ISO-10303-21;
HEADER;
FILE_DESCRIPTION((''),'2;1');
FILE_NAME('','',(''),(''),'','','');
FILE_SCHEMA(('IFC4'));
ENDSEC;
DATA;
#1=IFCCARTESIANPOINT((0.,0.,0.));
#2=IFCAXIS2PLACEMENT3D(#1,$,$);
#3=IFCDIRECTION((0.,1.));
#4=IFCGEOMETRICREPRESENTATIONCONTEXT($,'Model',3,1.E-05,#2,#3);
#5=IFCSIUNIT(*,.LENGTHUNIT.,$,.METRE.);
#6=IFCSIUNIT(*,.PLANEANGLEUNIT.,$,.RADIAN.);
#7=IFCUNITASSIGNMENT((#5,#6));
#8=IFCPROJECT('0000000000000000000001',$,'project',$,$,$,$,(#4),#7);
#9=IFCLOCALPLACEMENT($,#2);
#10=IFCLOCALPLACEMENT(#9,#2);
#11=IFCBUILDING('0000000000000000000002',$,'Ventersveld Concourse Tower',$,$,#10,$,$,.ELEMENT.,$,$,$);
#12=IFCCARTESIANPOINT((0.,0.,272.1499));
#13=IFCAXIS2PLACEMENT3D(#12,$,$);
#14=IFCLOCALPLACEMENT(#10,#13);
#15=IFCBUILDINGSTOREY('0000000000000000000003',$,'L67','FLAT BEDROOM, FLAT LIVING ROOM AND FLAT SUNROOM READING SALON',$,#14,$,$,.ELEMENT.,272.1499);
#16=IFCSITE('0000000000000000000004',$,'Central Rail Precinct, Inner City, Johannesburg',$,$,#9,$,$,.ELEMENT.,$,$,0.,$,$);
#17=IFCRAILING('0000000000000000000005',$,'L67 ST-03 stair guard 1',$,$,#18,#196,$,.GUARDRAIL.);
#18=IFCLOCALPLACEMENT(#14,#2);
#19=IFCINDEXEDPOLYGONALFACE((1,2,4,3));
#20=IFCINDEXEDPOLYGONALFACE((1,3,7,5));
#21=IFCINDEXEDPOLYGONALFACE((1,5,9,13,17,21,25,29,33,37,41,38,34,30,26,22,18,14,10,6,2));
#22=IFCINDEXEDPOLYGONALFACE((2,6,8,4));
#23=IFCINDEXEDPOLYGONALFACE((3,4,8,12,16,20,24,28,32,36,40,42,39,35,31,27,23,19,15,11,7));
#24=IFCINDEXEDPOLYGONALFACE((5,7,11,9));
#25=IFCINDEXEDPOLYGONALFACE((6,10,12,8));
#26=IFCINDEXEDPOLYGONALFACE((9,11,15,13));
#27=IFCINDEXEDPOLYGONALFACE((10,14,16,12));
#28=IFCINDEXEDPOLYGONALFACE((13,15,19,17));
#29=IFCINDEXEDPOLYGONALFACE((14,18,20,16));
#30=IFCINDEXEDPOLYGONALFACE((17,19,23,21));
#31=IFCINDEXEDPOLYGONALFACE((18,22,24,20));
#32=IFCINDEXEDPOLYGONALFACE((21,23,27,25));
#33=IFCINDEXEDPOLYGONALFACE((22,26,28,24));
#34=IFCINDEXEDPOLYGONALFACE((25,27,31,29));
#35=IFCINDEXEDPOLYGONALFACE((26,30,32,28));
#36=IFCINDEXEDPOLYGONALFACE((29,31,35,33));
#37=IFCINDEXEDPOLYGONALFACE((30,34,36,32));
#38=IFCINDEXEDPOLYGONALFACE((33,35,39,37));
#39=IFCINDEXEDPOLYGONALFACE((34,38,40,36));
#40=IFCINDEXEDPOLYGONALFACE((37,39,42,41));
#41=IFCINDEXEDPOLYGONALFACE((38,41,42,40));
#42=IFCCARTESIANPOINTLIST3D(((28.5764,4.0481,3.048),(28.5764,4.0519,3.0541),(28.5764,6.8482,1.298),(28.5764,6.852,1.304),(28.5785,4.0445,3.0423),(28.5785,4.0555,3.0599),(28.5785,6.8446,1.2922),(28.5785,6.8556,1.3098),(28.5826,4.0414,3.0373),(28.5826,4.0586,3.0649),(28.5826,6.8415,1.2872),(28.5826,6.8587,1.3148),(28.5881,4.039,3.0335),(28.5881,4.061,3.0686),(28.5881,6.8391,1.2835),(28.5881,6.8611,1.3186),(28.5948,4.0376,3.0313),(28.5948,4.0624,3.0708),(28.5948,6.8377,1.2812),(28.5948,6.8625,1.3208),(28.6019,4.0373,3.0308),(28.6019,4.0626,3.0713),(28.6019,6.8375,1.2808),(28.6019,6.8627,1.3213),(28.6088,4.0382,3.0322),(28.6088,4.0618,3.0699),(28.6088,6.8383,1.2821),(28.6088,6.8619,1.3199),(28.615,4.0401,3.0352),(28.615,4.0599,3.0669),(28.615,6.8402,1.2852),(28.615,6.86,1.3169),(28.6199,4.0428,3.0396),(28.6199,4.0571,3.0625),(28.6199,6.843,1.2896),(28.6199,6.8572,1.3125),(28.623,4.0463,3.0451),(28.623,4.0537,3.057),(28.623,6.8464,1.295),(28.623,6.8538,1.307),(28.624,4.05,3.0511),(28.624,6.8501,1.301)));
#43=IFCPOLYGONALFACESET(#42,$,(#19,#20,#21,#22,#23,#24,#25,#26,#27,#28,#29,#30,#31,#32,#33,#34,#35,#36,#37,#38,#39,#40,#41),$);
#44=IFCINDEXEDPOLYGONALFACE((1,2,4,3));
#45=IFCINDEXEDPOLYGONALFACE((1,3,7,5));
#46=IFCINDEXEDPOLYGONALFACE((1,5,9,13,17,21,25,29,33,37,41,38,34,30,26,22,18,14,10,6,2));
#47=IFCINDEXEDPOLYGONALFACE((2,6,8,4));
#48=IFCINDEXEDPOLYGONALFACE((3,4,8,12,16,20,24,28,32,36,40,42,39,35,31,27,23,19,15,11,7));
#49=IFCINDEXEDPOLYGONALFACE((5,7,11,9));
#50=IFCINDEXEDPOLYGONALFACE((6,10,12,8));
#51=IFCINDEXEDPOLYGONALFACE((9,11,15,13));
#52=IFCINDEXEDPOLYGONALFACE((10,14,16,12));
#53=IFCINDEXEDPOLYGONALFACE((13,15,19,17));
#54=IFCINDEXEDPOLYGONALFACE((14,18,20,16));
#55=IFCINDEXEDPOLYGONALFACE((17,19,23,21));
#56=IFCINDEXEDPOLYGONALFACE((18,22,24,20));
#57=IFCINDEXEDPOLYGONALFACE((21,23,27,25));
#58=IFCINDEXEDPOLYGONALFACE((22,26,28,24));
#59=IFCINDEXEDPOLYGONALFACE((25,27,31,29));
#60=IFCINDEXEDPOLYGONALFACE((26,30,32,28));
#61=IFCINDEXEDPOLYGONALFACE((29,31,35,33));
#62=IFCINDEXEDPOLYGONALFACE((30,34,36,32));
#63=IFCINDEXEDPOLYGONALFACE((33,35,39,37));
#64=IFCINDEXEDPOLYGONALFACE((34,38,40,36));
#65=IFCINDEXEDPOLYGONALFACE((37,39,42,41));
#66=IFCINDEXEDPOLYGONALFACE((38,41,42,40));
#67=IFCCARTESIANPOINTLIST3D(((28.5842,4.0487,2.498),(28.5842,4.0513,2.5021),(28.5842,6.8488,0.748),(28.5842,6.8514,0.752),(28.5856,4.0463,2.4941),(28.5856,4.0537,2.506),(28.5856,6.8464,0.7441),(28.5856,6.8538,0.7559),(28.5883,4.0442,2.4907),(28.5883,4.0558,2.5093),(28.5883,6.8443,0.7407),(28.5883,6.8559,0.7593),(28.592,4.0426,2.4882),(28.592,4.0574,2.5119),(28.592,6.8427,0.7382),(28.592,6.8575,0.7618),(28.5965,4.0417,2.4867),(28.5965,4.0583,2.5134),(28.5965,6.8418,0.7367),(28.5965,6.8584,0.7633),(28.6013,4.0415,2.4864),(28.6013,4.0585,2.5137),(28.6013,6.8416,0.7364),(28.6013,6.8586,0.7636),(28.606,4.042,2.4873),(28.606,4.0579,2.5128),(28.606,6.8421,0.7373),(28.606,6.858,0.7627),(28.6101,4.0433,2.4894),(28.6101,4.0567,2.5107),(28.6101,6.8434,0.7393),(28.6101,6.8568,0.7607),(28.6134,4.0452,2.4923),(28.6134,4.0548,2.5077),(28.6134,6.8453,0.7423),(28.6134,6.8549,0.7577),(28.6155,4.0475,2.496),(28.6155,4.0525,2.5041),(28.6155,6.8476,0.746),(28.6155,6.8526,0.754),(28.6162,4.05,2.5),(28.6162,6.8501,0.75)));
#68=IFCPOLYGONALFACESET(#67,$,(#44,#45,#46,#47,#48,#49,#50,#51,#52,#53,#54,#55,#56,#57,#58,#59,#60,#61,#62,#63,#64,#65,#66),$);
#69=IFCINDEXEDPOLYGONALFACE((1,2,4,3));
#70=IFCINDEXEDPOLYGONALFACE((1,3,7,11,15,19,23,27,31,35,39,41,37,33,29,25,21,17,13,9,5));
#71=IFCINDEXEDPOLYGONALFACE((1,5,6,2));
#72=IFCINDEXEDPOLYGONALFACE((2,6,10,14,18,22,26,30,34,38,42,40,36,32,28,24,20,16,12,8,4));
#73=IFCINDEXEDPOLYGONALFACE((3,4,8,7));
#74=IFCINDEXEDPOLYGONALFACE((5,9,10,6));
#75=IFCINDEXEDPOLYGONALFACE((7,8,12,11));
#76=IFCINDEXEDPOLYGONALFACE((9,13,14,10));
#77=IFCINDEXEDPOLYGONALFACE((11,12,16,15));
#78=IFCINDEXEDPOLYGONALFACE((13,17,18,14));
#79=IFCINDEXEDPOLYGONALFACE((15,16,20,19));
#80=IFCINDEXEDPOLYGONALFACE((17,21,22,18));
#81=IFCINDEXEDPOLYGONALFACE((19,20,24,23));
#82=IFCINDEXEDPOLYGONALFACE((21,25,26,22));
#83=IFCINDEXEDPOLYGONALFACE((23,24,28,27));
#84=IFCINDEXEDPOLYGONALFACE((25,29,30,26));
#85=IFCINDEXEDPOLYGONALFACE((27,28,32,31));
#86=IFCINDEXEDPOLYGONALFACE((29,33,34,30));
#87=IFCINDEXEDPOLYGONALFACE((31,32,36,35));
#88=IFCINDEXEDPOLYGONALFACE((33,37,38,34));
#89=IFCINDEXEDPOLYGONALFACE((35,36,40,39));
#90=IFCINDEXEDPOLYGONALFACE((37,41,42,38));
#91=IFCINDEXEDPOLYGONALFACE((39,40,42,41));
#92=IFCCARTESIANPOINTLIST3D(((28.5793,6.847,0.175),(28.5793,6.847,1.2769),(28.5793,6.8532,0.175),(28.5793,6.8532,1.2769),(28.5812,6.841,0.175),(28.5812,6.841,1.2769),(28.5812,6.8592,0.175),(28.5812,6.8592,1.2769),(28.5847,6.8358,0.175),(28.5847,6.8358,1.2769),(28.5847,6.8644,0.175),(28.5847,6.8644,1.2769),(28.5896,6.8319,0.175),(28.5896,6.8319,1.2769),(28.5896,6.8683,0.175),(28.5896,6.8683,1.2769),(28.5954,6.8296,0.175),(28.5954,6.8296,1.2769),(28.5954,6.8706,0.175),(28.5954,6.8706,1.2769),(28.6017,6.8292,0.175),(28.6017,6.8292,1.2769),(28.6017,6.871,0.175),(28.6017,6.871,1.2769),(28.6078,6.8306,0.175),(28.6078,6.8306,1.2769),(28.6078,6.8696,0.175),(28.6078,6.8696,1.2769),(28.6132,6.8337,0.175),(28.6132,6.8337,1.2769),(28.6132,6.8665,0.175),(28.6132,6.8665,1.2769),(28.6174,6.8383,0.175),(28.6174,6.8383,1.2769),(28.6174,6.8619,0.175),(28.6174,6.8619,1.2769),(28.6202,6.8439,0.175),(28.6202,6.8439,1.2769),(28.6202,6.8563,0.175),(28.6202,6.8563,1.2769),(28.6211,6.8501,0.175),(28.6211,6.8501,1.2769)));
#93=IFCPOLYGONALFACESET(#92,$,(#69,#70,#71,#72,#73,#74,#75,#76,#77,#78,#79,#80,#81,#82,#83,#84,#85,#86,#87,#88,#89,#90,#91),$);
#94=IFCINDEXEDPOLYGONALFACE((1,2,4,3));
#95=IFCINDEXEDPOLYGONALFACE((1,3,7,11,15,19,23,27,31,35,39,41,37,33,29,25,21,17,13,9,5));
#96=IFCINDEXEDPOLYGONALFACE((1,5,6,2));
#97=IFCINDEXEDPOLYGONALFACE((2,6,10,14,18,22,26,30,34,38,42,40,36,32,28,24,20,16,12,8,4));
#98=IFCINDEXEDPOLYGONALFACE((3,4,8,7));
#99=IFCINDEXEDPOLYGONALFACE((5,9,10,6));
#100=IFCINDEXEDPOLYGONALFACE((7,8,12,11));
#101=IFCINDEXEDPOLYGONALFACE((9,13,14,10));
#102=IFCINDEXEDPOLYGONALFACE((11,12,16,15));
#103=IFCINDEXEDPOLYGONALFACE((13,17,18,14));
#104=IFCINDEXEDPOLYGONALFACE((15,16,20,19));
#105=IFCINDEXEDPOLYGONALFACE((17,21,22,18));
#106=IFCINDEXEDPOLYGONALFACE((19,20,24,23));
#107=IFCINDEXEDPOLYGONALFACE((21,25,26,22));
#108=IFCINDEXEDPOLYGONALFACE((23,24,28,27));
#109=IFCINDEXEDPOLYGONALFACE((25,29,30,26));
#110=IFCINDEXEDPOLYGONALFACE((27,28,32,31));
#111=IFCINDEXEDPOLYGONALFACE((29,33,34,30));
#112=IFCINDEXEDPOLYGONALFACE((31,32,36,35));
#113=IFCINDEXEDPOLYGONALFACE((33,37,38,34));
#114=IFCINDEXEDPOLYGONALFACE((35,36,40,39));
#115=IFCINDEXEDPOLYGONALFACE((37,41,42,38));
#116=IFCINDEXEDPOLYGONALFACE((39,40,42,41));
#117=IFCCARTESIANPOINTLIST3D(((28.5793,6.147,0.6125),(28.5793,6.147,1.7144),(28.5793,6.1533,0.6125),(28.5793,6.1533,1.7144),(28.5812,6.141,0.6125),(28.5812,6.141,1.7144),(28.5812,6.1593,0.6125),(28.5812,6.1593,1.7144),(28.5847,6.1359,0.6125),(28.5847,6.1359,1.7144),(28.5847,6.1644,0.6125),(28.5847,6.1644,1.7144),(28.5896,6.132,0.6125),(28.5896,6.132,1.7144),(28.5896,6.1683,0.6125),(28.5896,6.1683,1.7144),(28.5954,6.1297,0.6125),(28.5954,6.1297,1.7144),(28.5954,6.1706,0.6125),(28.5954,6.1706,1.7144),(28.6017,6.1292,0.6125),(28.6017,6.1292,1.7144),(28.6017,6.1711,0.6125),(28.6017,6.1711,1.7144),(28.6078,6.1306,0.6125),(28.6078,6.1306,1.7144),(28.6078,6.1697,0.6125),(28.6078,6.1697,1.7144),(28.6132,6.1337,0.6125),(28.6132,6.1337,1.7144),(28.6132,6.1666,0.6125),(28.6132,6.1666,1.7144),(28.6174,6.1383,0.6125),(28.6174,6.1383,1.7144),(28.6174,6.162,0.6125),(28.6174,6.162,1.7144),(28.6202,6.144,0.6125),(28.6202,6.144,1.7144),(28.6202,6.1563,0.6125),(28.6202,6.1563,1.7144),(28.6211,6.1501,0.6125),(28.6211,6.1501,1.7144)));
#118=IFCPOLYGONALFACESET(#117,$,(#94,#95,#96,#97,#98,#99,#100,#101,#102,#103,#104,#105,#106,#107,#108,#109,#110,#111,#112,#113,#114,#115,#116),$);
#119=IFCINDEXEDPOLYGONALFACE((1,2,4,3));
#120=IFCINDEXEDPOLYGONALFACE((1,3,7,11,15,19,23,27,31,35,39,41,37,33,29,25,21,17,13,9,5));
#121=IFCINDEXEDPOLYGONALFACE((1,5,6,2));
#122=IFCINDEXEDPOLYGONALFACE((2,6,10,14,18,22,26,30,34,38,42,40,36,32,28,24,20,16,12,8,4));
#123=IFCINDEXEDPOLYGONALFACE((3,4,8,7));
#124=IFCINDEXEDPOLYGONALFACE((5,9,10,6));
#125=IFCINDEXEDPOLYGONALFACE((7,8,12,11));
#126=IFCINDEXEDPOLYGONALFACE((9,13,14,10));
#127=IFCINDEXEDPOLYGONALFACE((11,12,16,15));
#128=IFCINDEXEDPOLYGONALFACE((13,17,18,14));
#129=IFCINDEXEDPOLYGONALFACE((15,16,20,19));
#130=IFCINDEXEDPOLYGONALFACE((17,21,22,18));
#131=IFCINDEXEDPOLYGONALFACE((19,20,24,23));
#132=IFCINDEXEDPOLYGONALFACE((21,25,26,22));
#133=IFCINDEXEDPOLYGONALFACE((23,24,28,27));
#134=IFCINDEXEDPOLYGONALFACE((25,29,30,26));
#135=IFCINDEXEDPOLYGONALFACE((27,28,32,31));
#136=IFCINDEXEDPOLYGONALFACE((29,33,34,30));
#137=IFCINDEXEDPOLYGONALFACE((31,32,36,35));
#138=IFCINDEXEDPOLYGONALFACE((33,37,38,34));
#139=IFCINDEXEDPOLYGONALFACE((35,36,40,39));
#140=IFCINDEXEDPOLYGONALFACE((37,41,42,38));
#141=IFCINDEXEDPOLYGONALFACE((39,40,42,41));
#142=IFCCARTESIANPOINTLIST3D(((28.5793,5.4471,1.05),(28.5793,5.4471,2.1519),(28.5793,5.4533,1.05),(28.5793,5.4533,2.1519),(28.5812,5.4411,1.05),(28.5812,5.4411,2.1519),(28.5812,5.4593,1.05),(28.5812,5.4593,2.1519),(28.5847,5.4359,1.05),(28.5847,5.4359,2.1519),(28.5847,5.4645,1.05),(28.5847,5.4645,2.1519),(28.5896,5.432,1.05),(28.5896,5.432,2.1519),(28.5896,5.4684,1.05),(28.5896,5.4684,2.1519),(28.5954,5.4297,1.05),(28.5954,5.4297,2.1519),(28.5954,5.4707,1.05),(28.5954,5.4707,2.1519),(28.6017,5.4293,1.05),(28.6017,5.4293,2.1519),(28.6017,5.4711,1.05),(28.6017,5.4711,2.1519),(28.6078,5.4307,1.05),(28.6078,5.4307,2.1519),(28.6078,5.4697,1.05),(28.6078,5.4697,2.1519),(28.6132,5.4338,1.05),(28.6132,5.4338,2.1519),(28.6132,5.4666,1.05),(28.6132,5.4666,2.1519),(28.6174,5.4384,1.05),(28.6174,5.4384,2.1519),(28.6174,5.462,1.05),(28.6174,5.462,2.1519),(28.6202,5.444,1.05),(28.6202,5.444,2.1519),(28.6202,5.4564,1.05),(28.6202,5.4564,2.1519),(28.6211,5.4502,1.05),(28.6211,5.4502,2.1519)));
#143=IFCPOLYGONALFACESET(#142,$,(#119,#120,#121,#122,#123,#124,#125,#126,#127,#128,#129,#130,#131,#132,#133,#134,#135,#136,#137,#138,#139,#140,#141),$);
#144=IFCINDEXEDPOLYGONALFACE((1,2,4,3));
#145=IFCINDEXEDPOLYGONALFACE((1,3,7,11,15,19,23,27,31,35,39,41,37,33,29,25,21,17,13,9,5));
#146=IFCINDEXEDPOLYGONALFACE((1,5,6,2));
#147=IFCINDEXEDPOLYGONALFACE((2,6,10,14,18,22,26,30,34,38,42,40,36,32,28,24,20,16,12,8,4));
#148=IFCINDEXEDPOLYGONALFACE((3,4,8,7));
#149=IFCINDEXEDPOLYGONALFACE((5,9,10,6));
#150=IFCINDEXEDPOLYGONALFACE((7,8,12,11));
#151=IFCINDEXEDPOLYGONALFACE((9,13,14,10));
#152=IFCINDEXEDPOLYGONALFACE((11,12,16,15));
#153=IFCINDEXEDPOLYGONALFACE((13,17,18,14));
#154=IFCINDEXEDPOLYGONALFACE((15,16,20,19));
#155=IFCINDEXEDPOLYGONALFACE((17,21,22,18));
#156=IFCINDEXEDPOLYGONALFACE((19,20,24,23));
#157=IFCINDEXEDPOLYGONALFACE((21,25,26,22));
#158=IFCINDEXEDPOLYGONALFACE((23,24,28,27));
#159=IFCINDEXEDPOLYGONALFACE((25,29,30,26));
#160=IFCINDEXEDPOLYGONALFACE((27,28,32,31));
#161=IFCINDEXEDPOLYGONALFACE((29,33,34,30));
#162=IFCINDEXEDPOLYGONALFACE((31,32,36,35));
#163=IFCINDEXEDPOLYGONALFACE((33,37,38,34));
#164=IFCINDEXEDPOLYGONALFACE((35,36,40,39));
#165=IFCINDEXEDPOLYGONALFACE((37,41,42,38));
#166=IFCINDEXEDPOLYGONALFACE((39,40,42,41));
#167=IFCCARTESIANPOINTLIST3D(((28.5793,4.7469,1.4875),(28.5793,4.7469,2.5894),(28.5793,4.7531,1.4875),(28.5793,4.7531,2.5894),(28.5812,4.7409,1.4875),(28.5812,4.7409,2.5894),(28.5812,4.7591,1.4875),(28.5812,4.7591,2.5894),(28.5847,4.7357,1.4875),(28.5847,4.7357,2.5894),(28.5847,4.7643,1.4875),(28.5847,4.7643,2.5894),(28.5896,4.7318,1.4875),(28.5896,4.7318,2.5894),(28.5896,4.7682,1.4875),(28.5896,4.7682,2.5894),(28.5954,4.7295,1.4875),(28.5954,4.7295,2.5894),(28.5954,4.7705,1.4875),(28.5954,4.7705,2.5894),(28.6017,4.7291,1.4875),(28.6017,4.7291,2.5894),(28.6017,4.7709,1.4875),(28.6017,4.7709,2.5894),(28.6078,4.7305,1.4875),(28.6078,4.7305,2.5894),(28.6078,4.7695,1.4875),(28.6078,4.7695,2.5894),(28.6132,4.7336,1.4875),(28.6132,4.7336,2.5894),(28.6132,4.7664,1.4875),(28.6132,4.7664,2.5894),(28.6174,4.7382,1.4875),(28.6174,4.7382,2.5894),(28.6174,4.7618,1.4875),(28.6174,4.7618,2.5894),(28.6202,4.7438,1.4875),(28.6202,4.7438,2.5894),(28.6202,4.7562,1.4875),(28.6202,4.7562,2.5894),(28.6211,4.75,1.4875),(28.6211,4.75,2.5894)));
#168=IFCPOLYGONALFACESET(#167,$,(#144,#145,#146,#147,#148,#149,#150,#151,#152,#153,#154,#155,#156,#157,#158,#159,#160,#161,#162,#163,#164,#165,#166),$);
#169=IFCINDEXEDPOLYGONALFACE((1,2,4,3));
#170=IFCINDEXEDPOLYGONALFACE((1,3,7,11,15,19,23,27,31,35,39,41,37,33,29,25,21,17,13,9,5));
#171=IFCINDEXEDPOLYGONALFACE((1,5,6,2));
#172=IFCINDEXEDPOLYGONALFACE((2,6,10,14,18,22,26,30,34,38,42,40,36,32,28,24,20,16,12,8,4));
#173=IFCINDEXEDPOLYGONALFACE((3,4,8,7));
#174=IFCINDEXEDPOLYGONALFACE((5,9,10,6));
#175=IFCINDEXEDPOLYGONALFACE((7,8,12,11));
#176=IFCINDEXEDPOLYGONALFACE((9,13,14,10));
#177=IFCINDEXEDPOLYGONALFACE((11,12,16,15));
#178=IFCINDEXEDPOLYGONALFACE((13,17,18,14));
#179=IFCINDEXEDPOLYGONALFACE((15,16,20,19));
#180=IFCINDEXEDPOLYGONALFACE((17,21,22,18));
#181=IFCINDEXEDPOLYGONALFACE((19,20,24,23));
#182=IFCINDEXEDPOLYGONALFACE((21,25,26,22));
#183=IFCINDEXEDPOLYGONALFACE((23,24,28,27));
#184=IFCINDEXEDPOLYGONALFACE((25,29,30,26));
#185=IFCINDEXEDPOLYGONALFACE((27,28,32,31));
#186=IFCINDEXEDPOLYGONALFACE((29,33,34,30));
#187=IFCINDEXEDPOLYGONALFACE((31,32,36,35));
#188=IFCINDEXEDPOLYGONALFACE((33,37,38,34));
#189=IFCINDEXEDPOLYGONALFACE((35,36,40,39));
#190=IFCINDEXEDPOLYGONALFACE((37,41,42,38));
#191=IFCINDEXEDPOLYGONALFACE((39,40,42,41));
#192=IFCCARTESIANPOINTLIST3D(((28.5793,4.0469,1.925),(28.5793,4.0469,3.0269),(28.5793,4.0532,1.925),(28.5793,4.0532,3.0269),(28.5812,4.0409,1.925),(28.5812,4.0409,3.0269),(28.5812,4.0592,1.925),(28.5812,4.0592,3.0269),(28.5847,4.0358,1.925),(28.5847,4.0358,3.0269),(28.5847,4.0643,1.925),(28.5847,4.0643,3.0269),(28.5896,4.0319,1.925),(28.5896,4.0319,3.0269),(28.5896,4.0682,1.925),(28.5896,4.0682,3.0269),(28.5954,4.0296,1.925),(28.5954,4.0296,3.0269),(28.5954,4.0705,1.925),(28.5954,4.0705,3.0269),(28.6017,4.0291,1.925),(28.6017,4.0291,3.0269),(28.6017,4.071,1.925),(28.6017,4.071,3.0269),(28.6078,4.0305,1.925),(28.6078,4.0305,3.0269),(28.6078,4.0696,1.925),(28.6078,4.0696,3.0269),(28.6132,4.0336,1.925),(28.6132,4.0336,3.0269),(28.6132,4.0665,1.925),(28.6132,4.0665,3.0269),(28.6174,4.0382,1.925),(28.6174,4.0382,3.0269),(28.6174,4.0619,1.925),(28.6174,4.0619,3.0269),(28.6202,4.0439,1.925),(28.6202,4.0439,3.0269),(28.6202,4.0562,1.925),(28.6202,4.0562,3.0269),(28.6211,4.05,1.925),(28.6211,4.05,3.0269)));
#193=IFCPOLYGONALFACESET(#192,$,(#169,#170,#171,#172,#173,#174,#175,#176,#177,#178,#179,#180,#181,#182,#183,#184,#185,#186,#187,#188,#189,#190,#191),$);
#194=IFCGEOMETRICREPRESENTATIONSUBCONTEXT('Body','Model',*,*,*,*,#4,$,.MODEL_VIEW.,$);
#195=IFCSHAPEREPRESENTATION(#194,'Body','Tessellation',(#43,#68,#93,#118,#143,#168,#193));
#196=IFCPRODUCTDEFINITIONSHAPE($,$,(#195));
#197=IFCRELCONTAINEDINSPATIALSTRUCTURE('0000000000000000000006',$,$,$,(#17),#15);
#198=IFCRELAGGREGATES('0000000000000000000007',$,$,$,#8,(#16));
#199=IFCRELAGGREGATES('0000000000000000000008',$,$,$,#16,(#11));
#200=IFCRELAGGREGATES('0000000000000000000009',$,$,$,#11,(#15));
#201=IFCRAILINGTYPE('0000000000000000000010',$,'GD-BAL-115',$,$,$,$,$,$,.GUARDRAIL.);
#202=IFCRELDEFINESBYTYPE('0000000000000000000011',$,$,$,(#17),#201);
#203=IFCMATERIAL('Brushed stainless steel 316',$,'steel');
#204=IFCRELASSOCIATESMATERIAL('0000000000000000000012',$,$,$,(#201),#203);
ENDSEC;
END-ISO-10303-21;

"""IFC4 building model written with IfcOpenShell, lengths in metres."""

from ifc_helpers import new_model, si_unit, direction, frame, origin, origin_2d, place, context, subcontext, project, spatial, circle, extrude, material, type_object, element, save


model = new_model("IFC4")

# Units and contexts
model_context = context("Model", 3, precision=1e-05, world=origin(), true_north=direction((0.0, 1.0)))
body_context = subcontext(model_context, "Body", "Model", "MODEL_VIEW")
ifc_project = project(units=[si_unit("LENGTHUNIT", "METRE"), si_unit("PLANEANGLEUNIT", "RADIAN")], contexts=[model_context])

# Site, building, storey
site_placement = place(None, origin())
site = spatial("IfcSite", under=ifc_project, at=site_placement, Name="Central Rail Precinct, Inner City, Johannesburg", CompositionType="ELEMENT", RefElevation=0.0)
building_placement = place(site_placement, origin())
building = spatial("IfcBuilding", under=site, at=building_placement, Name="Ventersveld Concourse Tower", CompositionType="ELEMENT")
storey_placement = place(building_placement, frame((0.0, 0.0, 272.1499)))
storey = spatial("IfcBuildingStorey", under=building, at=storey_placement, Name="L67", Description="FLAT BEDROOM, FLAT LIVING ROOM AND FLAT SUNROOM READING SALON", CompositionType="ELEMENT", Elevation=272.1499)

# Railing
ifc_material_1 = material(Name="Brushed stainless steel 316", Category="steel")
railing_type_1 = type_object("IfcRailingType", Name="GD-BAL-115", PredefinedType="GUARDRAIL", material=ifc_material_1)
railing_1_placement = place(storey_placement, frame((28.6001, 6.8501, 0.175)))
element("IfcRailing", 1, at=railing_1_placement, inside=storey, type_object=railing_type_1, Name="L67 ST-03 stair guard 1", PredefinedType="GUARDRAIL", context=body_context, shape_type="SweptSolid", body=[
    extrude(circle(Radius=0.0239, at=origin_2d()), frame((0.0, 0.0, 1.126), z_axis=(0.0, -0.848002, 0.529992), x_axis=(1.0, 0.0, 0.0)), (0.0, 0.0, 1.0), 3.302),
    extrude(circle(Radius=0.0161, at=origin_2d()), frame((0.0, 0.0, 0.575), z_axis=(0.0, -0.848002, 0.529992), x_axis=(1.0, 0.0, 0.0)), (0.0, 0.0, 1.0), 3.302),
    extrude(circle(Radius=0.021, at=origin_2d()), origin(), (0.0, 0.0, 1.0), 1.1018),
    extrude(circle(Radius=0.021, at=origin_2d()), frame((0.0, -0.7, 0.4375)), (0.0, 0.0, 1.0), 1.1018),
    extrude(circle(Radius=0.021, at=origin_2d()), frame((0.0, -1.3999, 0.875)), (0.0, 0.0, 1.0), 1.1018),
    extrude(circle(Radius=0.021, at=origin_2d()), frame((0.0, -2.1001, 1.3125)), (0.0, 0.0, 1.0), 1.1018),
    extrude(circle(Radius=0.021, at=origin_2d()), frame((0.0, -2.8, 1.75)), (0.0, 0.0, 1.0), 1.1018),
])

save(model, "model.ifc")
